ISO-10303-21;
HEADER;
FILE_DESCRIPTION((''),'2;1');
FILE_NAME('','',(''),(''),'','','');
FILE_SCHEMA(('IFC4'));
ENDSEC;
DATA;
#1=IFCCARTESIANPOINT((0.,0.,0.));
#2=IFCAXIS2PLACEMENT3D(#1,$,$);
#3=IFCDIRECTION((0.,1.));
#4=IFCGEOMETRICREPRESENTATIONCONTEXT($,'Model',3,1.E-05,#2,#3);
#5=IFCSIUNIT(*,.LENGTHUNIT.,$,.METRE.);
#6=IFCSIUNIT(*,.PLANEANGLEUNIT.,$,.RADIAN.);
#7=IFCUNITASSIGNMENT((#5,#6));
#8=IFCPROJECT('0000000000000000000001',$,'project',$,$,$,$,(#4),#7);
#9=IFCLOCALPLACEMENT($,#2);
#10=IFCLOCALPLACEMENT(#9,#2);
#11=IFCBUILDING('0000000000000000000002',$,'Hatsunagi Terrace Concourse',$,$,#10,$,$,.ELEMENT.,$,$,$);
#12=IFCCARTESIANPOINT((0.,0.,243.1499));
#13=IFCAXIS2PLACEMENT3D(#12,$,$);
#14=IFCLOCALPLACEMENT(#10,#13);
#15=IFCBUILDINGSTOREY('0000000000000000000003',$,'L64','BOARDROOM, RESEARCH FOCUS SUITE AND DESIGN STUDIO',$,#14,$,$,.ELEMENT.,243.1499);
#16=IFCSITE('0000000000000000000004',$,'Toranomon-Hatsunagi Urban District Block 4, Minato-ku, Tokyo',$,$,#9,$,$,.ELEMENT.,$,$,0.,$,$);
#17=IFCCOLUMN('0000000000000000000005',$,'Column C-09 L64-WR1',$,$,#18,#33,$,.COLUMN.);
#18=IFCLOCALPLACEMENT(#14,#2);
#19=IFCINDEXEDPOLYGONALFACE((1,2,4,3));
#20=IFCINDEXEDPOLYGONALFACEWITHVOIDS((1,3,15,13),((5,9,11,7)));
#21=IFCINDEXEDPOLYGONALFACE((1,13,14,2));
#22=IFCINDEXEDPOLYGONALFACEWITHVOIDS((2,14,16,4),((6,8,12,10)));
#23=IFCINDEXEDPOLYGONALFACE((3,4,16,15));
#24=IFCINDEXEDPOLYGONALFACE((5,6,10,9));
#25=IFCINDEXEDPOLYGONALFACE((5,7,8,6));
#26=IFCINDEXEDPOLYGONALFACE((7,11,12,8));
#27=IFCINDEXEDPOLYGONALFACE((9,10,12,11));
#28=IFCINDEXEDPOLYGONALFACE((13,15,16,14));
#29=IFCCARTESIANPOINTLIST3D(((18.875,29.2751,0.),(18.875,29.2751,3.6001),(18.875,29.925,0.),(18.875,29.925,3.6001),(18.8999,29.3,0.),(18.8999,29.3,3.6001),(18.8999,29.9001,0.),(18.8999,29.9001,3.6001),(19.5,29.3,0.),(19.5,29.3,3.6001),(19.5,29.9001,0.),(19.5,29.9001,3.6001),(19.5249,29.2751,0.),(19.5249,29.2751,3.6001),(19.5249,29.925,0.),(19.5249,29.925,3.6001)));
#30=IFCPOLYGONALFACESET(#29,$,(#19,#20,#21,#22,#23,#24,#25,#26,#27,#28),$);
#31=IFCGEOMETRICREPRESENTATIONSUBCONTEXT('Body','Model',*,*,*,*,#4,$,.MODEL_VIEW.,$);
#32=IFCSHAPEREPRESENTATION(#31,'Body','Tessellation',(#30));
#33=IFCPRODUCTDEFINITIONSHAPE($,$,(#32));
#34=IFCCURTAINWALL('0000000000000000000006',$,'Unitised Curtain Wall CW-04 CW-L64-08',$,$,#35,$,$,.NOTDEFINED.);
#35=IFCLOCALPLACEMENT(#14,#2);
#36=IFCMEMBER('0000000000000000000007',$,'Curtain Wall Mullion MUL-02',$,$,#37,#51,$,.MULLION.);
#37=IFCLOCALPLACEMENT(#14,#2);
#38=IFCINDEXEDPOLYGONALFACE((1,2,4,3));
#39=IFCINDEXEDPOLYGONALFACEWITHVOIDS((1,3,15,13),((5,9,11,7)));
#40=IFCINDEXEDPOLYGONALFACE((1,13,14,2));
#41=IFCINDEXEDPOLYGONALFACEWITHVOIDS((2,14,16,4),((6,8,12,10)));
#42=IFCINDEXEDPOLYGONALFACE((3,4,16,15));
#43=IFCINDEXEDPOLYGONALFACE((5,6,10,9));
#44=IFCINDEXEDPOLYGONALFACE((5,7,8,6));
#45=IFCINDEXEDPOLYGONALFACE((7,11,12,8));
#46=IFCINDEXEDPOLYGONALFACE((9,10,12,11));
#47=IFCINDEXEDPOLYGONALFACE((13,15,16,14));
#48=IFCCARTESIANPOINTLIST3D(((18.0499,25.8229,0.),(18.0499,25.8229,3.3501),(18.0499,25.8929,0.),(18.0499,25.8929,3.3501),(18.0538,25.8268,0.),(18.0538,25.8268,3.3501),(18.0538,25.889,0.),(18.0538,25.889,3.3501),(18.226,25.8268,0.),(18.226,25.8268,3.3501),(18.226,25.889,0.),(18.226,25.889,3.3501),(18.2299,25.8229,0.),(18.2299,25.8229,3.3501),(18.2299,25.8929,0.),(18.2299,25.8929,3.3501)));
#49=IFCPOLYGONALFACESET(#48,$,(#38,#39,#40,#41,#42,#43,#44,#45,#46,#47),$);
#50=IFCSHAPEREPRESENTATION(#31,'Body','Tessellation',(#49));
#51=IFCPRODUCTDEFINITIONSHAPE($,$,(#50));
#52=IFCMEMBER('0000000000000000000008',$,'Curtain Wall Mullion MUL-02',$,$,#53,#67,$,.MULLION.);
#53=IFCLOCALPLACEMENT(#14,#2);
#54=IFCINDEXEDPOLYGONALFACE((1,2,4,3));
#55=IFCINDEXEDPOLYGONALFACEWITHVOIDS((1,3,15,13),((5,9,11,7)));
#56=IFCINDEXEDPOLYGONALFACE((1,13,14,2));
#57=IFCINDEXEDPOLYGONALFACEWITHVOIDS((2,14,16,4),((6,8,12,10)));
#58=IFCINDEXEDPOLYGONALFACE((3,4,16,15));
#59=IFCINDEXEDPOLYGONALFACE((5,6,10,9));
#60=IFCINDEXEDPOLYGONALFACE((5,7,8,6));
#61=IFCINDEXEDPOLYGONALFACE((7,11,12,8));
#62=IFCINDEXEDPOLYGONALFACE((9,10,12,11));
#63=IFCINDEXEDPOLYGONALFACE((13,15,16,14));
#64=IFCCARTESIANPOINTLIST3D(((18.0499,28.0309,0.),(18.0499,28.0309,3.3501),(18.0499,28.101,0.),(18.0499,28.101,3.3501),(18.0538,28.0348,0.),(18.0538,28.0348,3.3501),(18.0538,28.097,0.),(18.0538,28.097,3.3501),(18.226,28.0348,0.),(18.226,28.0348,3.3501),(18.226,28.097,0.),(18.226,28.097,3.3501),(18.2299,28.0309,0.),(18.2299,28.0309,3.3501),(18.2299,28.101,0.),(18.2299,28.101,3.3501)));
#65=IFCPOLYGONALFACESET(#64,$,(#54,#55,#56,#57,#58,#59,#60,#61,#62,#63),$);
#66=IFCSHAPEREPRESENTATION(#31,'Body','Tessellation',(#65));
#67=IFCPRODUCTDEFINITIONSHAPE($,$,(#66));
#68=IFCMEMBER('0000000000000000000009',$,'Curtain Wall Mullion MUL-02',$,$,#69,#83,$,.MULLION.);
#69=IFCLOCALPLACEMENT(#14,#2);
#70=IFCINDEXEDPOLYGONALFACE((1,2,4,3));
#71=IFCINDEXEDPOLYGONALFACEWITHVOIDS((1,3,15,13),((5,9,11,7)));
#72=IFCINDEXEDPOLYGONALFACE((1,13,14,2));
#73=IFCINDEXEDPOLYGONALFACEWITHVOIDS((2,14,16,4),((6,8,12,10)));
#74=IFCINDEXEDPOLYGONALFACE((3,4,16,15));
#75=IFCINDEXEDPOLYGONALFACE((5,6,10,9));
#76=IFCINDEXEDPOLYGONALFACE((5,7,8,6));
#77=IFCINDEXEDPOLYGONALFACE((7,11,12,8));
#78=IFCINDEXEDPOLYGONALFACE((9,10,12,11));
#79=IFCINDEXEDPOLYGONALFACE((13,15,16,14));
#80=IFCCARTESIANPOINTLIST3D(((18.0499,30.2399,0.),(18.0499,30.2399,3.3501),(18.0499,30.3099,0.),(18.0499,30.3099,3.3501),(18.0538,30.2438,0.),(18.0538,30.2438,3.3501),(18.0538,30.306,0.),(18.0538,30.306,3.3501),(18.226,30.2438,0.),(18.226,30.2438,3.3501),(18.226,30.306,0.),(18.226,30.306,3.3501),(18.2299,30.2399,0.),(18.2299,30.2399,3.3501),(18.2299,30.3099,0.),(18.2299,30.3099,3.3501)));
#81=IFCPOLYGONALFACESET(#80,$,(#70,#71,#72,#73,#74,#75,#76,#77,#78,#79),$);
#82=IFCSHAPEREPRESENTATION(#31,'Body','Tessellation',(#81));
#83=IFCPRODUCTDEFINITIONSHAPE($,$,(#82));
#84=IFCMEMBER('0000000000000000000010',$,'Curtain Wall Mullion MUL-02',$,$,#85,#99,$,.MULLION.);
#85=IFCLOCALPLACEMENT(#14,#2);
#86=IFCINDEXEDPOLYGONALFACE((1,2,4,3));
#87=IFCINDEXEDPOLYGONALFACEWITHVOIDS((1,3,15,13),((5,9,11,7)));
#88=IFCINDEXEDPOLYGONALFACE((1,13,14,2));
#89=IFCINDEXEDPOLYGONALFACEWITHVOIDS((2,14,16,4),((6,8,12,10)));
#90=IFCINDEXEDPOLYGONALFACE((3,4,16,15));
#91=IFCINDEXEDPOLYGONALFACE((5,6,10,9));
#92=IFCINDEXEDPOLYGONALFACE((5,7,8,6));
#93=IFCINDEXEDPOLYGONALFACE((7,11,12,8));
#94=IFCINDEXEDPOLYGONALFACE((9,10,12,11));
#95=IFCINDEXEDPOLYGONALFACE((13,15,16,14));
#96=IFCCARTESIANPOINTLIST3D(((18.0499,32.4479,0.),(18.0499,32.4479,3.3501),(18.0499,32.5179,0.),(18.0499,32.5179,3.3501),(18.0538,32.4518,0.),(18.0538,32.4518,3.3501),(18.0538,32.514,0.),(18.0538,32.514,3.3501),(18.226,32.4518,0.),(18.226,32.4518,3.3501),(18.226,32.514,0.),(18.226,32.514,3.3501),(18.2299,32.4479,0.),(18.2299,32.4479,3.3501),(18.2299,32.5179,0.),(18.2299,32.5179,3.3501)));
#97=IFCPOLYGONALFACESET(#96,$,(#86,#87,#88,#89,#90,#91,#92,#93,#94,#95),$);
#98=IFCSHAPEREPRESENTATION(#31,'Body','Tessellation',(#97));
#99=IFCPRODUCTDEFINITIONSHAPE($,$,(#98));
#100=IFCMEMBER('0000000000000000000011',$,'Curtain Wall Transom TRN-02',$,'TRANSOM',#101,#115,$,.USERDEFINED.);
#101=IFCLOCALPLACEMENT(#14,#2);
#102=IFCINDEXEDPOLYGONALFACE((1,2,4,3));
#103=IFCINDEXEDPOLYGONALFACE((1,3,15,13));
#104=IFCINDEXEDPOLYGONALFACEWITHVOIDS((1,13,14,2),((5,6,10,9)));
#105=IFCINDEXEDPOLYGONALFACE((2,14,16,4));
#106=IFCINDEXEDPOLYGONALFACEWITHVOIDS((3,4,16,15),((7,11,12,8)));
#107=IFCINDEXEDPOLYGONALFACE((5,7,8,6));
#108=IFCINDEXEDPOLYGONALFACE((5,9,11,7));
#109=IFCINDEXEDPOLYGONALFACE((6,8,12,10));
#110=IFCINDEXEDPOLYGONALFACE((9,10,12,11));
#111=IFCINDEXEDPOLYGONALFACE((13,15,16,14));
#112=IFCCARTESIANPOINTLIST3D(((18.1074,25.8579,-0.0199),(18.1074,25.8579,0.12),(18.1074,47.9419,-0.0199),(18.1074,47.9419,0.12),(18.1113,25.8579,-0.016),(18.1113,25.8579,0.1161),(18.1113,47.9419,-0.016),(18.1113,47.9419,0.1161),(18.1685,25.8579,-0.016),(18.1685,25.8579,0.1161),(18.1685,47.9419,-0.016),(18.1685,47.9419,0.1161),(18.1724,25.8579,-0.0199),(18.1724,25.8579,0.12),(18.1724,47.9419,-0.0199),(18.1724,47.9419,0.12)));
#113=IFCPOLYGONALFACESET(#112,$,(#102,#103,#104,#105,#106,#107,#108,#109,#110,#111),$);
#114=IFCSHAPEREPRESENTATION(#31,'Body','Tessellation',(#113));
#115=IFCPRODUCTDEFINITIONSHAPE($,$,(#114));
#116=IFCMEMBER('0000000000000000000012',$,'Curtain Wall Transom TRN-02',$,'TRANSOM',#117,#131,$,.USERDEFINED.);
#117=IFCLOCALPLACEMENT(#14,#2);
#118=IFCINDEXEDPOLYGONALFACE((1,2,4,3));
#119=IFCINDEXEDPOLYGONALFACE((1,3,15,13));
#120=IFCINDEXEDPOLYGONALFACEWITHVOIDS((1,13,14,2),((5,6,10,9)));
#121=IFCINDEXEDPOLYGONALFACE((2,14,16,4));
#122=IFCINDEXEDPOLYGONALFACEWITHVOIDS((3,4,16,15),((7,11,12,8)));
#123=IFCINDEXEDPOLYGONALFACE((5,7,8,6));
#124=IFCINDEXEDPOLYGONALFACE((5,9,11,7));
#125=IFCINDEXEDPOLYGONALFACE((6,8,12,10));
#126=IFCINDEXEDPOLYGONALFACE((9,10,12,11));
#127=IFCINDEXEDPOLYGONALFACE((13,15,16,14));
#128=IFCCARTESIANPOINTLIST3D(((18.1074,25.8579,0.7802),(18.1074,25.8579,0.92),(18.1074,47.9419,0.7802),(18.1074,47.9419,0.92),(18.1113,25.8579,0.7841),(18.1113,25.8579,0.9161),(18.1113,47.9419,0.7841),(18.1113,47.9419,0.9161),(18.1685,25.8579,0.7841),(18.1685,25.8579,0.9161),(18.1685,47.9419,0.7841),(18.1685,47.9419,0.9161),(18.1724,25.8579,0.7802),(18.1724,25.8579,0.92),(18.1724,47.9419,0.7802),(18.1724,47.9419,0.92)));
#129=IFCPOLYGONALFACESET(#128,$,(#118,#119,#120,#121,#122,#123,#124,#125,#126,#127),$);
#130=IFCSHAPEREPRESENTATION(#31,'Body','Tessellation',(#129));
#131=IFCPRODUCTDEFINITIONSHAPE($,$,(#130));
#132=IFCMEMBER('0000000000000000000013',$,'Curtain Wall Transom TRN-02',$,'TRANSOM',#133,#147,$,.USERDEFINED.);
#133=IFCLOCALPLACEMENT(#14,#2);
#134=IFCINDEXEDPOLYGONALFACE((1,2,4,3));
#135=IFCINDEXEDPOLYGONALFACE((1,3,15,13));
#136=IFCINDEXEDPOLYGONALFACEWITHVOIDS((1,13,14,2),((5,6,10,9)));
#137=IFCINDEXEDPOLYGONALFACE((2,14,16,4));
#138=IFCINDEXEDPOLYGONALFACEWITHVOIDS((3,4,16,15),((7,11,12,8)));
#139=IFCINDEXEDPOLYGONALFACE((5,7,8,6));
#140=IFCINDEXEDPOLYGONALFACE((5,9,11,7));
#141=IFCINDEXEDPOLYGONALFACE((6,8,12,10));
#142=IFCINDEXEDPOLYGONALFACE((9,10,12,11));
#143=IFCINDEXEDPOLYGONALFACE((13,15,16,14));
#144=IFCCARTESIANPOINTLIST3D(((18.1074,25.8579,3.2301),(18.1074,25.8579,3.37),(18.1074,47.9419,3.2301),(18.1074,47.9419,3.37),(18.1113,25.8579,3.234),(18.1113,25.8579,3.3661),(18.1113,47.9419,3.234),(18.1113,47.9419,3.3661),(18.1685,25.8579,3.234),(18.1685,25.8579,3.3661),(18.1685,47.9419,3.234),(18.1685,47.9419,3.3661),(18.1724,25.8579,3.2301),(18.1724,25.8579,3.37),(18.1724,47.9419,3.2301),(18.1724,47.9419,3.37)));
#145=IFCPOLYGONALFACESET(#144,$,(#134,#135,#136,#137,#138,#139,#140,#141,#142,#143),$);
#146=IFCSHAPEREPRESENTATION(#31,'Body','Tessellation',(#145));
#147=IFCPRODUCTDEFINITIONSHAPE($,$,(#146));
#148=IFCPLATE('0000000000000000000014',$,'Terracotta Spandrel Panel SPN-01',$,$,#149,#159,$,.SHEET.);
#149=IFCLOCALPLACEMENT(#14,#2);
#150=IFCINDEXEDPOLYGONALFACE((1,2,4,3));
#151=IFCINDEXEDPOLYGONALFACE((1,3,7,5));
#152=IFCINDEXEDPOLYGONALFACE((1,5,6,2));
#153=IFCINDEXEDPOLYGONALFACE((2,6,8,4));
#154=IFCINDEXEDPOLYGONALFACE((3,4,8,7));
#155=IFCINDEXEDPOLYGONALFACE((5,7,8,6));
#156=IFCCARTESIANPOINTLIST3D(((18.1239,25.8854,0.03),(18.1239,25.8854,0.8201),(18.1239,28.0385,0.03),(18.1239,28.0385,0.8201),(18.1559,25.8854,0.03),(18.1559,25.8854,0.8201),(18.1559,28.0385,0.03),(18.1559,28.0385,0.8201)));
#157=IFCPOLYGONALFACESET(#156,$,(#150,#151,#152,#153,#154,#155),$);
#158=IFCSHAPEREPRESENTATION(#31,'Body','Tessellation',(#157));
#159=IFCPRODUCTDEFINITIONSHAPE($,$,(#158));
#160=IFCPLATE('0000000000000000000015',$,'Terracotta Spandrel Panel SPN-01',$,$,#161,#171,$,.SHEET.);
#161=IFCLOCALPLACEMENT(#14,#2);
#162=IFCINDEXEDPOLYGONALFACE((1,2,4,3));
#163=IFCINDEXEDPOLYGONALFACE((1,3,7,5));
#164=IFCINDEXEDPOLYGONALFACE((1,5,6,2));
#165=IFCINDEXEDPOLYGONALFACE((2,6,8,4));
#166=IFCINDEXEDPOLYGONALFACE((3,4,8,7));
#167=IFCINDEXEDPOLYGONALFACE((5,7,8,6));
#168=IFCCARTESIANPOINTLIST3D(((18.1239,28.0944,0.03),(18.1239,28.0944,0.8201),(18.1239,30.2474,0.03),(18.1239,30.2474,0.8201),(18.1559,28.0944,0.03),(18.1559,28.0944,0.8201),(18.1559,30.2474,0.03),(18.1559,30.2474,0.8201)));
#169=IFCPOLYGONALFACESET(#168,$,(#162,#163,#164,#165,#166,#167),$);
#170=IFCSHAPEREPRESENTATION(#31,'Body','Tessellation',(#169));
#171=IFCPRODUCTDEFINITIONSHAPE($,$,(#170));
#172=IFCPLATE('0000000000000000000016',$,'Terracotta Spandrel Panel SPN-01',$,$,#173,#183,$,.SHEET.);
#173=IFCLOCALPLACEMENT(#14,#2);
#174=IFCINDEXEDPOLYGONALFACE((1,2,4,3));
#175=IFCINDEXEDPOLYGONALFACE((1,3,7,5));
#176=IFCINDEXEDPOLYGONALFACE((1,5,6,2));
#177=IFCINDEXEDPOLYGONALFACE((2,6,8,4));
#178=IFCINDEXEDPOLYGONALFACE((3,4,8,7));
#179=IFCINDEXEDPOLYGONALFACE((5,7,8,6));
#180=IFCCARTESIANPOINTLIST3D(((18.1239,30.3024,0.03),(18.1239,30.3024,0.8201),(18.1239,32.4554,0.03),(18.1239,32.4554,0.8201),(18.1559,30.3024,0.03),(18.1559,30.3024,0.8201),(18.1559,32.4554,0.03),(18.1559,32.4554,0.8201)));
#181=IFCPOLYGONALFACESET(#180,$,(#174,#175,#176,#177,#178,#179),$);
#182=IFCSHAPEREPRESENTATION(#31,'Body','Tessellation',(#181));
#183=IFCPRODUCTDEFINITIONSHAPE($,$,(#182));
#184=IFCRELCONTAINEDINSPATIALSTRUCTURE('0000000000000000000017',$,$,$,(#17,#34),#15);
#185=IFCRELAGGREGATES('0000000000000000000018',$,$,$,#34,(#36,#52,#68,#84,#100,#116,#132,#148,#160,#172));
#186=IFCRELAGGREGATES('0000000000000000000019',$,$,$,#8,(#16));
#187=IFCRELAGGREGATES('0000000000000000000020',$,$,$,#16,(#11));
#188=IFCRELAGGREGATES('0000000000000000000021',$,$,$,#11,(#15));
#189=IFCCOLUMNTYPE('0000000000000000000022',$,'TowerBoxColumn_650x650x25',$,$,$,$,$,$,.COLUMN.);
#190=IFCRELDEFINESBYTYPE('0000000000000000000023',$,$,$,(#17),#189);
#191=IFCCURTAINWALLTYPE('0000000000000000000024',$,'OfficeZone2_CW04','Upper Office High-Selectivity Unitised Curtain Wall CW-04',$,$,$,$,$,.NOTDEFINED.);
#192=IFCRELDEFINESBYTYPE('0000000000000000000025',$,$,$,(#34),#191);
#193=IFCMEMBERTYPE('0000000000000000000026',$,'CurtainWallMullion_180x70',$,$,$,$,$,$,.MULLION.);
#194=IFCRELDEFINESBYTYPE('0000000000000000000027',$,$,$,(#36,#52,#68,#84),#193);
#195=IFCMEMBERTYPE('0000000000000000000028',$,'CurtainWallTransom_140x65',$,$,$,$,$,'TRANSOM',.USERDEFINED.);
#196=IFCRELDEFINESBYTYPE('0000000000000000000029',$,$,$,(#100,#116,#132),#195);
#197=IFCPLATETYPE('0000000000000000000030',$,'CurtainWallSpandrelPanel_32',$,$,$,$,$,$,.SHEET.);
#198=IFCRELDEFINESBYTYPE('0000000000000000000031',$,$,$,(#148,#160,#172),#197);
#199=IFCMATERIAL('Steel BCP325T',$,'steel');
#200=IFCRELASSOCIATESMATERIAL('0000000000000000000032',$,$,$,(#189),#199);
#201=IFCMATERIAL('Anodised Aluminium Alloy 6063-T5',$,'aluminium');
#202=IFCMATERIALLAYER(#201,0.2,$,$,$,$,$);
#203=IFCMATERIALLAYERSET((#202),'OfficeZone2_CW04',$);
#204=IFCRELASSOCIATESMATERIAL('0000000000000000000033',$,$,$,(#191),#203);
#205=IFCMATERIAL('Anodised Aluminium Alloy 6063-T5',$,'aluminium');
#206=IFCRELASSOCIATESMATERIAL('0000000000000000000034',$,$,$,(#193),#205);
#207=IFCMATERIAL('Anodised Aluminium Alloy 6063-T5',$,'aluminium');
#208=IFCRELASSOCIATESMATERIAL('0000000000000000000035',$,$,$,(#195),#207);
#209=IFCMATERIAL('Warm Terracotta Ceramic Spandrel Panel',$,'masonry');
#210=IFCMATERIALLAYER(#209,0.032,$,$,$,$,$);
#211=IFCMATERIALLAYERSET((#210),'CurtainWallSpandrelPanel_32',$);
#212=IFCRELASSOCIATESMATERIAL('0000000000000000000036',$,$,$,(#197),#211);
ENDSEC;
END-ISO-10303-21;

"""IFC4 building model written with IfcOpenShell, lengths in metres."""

from ifc_helpers import new_model, si_unit, direction, frame, origin, origin_2d, place, context, subcontext, project, spatial, rectangle, hollow_rectangle, extrude, material, layer, layer_set, material_profile, profile_set, type_object, element, aggregate, save


model = new_model("IFC4")

# Units and contexts
model_context = context("Model", 3, precision=1e-05, world=origin(), true_north=direction((0.0, 1.0)))
body_context = subcontext(model_context, "Body", "Model", "MODEL_VIEW")
ifc_project = project(units=[si_unit("LENGTHUNIT", "METRE"), si_unit("PLANEANGLEUNIT", "RADIAN")], contexts=[model_context])

# Site, building, storey
site_placement = place(None, origin())
site = spatial("IfcSite", under=ifc_project, at=site_placement, Name="Toranomon-Hatsunagi Urban District Block 4, Minato-ku, Tokyo", CompositionType="ELEMENT", RefElevation=0.0)
building_placement = place(site_placement, origin())
building = spatial("IfcBuilding", under=site, at=building_placement, Name="Hatsunagi Terrace Concourse", CompositionType="ELEMENT")
storey_placement = place(building_placement, frame((0.0, 0.0, 243.1499)))
storey = spatial("IfcBuildingStorey", under=building, at=storey_placement, Name="L64", Description="BOARDROOM, RESEARCH FOCUS SUITE AND DESIGN STUDIO", CompositionType="ELEMENT", Elevation=243.1499)

# Column
ifc_material_1 = material(Name="Steel BCP325T", Category="steel")
ifc_material_profile_1 = material_profile(ifc_material_1, hollow_rectangle(XDim=0.6499, YDim=0.6499, WallThickness=0.0249, at=origin_2d()), Name="BCP-650x650x25")
ifc_profile_set_1 = profile_set([ifc_material_profile_1], Name="Steel BCP325T")
column_type = type_object("IfcColumnType", Name="TowerBoxColumn_650x650x25", PredefinedType="COLUMN", material=ifc_profile_set_1)
column_placement = place(storey_placement, frame((19.2, 29.6001, 0.0), z_axis=(0.0, 0.0, 1.0), x_axis=(1.0, 0.0, 0.0)))
element("IfcColumn", 1, at=column_placement, inside=storey, type_object=column_type, Name="Column C-09 L64-WR1", PredefinedType="COLUMN", context=body_context, shape_type="SweptSolid", body=[
    extrude(hollow_rectangle(XDim=0.6499, YDim=0.6499, WallThickness=0.0249, at=origin_2d()), origin(), (0.0, 0.0, 1.0), 3.6001),
])

# Curtain wall, members, plates
ifc_material_2 = material(Name="Anodised Aluminium Alloy 6063-T5", Category="aluminium")
ifc_layer_1 = layer(ifc_material_2, 0.2)
ifc_layer_set_1 = layer_set([ifc_layer_1], Name="OfficeZone2_CW04")
curtain_wall_type = type_object("IfcCurtainWallType", Name="OfficeZone2_CW04", Description="Upper Office High-Selectivity Unitised Curtain Wall CW-04", PredefinedType="NOTDEFINED", material=ifc_layer_set_1)
curtain_wall_placement = place(storey_placement, origin())
curtain_wall = element("IfcCurtainWall", 2, at=curtain_wall_placement, inside=storey, type_object=curtain_wall_type, Name="Unitised Curtain Wall CW-04 CW-L64-08", PredefinedType="NOTDEFINED")
ifc_material_3 = material(Name="Anodised Aluminium Alloy 6063-T5", Category="aluminium")
ifc_material_profile_2 = material_profile(ifc_material_3, hollow_rectangle(XDim=0.0701, YDim=0.1799, WallThickness=0.0039, at=origin_2d()), Name="ALU-MUL-180x70x4")
ifc_profile_set_2 = profile_set([ifc_material_profile_2], Name="Anodised Aluminium Alloy 6063-T5")
member_type_1 = type_object("IfcMemberType", Name="CurtainWallMullion_180x70", PredefinedType="MULLION", material=ifc_profile_set_2)
member_1_placement = place(storey_placement, frame((18.1399, 25.8579, 0.0), z_axis=(0.0, 0.0, 1.0), x_axis=(0.0, 1.0, 0.0)))
member_1 = element("IfcMember", 3, at=member_1_placement, type_object=member_type_1, Name="Curtain Wall Mullion MUL-02", PredefinedType="MULLION", context=body_context, shape_type="SweptSolid", body=[
    extrude(hollow_rectangle(XDim=0.0701, YDim=0.1799, WallThickness=0.0039, at=origin_2d()), origin(), (0.0, 0.0, 1.0), 3.3501),
])
member_2_placement = place(storey_placement, frame((18.1399, 28.0659, 0.0), z_axis=(0.0, 0.0, 1.0), x_axis=(0.0, 1.0, 0.0)))
member_2 = element("IfcMember", 4, at=member_2_placement, type_object=member_type_1, Name="Curtain Wall Mullion MUL-02", PredefinedType="MULLION", context=body_context, shape_type="SweptSolid", body=[
    extrude(hollow_rectangle(XDim=0.0701, YDim=0.1799, WallThickness=0.0039, at=origin_2d()), origin(), (0.0, 0.0, 1.0), 3.3501),
])
member_3_placement = place(storey_placement, frame((18.1399, 30.2749, 0.0), z_axis=(0.0, 0.0, 1.0), x_axis=(0.0, 1.0, 0.0)))
member_3 = element("IfcMember", 5, at=member_3_placement, type_object=member_type_1, Name="Curtain Wall Mullion MUL-02", PredefinedType="MULLION", context=body_context, shape_type="SweptSolid", body=[
    extrude(hollow_rectangle(XDim=0.0701, YDim=0.1799, WallThickness=0.0039, at=origin_2d()), origin(), (0.0, 0.0, 1.0), 3.3501),
])
member_4_placement = place(storey_placement, frame((18.1399, 32.4829, 0.0), z_axis=(0.0, 0.0, 1.0), x_axis=(0.0, 1.0, 0.0)))
member_4 = element("IfcMember", 6, at=member_4_placement, type_object=member_type_1, Name="Curtain Wall Mullion MUL-02", PredefinedType="MULLION", context=body_context, shape_type="SweptSolid", body=[
    extrude(hollow_rectangle(XDim=0.0701, YDim=0.1799, WallThickness=0.0039, at=origin_2d()), origin(), (0.0, 0.0, 1.0), 3.3501),
])
ifc_material_4 = material(Name="Anodised Aluminium Alloy 6063-T5", Category="aluminium")
ifc_material_profile_3 = material_profile(ifc_material_4, hollow_rectangle(XDim=0.0649, YDim=0.1399, WallThickness=0.0039, at=origin_2d()), Name="ALU-TRN-140x65x4")
ifc_profile_set_3 = profile_set([ifc_material_profile_3], Name="Anodised Aluminium Alloy 6063-T5")
member_type_2 = type_object("IfcMemberType", Name="CurtainWallTransom_140x65", ElementType="TRANSOM", PredefinedType="USERDEFINED", material=ifc_profile_set_3)
member_5_placement = place(storey_placement, frame((18.1399, 25.8579, 0.05), z_axis=(0.0, 1.0, 0.0), x_axis=(-1.0, 0.0, 0.0)))
member_5 = element("IfcMember", 7, at=member_5_placement, type_object=member_type_2, Name="Curtain Wall Transom TRN-02", ObjectType="TRANSOM", PredefinedType="USERDEFINED", context=body_context, shape_type="SweptSolid", body=[
    extrude(hollow_rectangle(XDim=0.0649, YDim=0.1399, WallThickness=0.0039, at=origin_2d()), origin(), (0.0, 0.0, 1.0), 22.084),
])
member_6_placement = place(storey_placement, frame((18.1399, 25.8579, 0.8501), z_axis=(0.0, 1.0, 0.0), x_axis=(-1.0, 0.0, 0.0)))
member_6 = element("IfcMember", 8, at=member_6_placement, type_object=member_type_2, Name="Curtain Wall Transom TRN-02", ObjectType="TRANSOM", PredefinedType="USERDEFINED", context=body_context, shape_type="SweptSolid", body=[
    extrude(hollow_rectangle(XDim=0.0649, YDim=0.1399, WallThickness=0.0039, at=origin_2d()), origin(), (0.0, 0.0, 1.0), 22.084),
])
member_7_placement = place(storey_placement, frame((18.1399, 25.8579, 3.3), z_axis=(0.0, 1.0, 0.0), x_axis=(-1.0, 0.0, 0.0)))
member_7 = element("IfcMember", 9, at=member_7_placement, type_object=member_type_2, Name="Curtain Wall Transom TRN-02", ObjectType="TRANSOM", PredefinedType="USERDEFINED", context=body_context, shape_type="SweptSolid", body=[
    extrude(hollow_rectangle(XDim=0.0649, YDim=0.1399, WallThickness=0.0039, at=origin_2d()), origin(), (0.0, 0.0, 1.0), 22.084),
])
ifc_material_5 = material(Name="Warm Terracotta Ceramic Spandrel Panel", Category="masonry")
ifc_layer_2 = layer(ifc_material_5, 0.032)
ifc_layer_set_2 = layer_set([ifc_layer_2], Name="CurtainWallSpandrelPanel_32")
plate_type_1 = type_object("IfcPlateType", Name="CurtainWallSpandrelPanel_32", PredefinedType="SHEET", material=ifc_layer_set_2)
plate_1_placement = place(storey_placement, frame((18.1399, 26.9619, 0.03), z_axis=(0.0, 0.0, 1.0), x_axis=(0.0, 1.0, 0.0)))
plate_1 = element("IfcPlate", 10, at=plate_1_placement, type_object=plate_type_1, Name="Terracotta Spandrel Panel SPN-01", PredefinedType="SHEET", context=body_context, shape_type="SweptSolid", body=[
    extrude(rectangle(XDim=2.1531, YDim=0.032, at=origin_2d()), origin(), (0.0, 0.0, 1.0), 0.79),
])
plate_2_placement = place(storey_placement, frame((18.1399, 29.1709, 0.03), z_axis=(0.0, 0.0, 1.0), x_axis=(0.0, 1.0, 0.0)))
plate_2 = element("IfcPlate", 11, at=plate_2_placement, type_object=plate_type_1, Name="Terracotta Spandrel Panel SPN-01", PredefinedType="SHEET", context=body_context, shape_type="SweptSolid", body=[
    extrude(rectangle(XDim=2.1531, YDim=0.032, at=origin_2d()), origin(), (0.0, 0.0, 1.0), 0.79),
])
plate_3_placement = place(storey_placement, frame((18.1399, 31.3789, 0.03), z_axis=(0.0, 0.0, 1.0), x_axis=(0.0, 1.0, 0.0)))
plate_3 = element("IfcPlate", 12, at=plate_3_placement, type_object=plate_type_1, Name="Terracotta Spandrel Panel SPN-01", PredefinedType="SHEET", context=body_context, shape_type="SweptSolid", body=[
    extrude(rectangle(XDim=2.1531, YDim=0.032, at=origin_2d()), origin(), (0.0, 0.0, 1.0), 0.79),
])
aggregate(curtain_wall, [member_1, member_2, member_3, member_4, member_5, member_6, member_7, plate_1, plate_2, plate_3])

save(model, "model.ifc")
